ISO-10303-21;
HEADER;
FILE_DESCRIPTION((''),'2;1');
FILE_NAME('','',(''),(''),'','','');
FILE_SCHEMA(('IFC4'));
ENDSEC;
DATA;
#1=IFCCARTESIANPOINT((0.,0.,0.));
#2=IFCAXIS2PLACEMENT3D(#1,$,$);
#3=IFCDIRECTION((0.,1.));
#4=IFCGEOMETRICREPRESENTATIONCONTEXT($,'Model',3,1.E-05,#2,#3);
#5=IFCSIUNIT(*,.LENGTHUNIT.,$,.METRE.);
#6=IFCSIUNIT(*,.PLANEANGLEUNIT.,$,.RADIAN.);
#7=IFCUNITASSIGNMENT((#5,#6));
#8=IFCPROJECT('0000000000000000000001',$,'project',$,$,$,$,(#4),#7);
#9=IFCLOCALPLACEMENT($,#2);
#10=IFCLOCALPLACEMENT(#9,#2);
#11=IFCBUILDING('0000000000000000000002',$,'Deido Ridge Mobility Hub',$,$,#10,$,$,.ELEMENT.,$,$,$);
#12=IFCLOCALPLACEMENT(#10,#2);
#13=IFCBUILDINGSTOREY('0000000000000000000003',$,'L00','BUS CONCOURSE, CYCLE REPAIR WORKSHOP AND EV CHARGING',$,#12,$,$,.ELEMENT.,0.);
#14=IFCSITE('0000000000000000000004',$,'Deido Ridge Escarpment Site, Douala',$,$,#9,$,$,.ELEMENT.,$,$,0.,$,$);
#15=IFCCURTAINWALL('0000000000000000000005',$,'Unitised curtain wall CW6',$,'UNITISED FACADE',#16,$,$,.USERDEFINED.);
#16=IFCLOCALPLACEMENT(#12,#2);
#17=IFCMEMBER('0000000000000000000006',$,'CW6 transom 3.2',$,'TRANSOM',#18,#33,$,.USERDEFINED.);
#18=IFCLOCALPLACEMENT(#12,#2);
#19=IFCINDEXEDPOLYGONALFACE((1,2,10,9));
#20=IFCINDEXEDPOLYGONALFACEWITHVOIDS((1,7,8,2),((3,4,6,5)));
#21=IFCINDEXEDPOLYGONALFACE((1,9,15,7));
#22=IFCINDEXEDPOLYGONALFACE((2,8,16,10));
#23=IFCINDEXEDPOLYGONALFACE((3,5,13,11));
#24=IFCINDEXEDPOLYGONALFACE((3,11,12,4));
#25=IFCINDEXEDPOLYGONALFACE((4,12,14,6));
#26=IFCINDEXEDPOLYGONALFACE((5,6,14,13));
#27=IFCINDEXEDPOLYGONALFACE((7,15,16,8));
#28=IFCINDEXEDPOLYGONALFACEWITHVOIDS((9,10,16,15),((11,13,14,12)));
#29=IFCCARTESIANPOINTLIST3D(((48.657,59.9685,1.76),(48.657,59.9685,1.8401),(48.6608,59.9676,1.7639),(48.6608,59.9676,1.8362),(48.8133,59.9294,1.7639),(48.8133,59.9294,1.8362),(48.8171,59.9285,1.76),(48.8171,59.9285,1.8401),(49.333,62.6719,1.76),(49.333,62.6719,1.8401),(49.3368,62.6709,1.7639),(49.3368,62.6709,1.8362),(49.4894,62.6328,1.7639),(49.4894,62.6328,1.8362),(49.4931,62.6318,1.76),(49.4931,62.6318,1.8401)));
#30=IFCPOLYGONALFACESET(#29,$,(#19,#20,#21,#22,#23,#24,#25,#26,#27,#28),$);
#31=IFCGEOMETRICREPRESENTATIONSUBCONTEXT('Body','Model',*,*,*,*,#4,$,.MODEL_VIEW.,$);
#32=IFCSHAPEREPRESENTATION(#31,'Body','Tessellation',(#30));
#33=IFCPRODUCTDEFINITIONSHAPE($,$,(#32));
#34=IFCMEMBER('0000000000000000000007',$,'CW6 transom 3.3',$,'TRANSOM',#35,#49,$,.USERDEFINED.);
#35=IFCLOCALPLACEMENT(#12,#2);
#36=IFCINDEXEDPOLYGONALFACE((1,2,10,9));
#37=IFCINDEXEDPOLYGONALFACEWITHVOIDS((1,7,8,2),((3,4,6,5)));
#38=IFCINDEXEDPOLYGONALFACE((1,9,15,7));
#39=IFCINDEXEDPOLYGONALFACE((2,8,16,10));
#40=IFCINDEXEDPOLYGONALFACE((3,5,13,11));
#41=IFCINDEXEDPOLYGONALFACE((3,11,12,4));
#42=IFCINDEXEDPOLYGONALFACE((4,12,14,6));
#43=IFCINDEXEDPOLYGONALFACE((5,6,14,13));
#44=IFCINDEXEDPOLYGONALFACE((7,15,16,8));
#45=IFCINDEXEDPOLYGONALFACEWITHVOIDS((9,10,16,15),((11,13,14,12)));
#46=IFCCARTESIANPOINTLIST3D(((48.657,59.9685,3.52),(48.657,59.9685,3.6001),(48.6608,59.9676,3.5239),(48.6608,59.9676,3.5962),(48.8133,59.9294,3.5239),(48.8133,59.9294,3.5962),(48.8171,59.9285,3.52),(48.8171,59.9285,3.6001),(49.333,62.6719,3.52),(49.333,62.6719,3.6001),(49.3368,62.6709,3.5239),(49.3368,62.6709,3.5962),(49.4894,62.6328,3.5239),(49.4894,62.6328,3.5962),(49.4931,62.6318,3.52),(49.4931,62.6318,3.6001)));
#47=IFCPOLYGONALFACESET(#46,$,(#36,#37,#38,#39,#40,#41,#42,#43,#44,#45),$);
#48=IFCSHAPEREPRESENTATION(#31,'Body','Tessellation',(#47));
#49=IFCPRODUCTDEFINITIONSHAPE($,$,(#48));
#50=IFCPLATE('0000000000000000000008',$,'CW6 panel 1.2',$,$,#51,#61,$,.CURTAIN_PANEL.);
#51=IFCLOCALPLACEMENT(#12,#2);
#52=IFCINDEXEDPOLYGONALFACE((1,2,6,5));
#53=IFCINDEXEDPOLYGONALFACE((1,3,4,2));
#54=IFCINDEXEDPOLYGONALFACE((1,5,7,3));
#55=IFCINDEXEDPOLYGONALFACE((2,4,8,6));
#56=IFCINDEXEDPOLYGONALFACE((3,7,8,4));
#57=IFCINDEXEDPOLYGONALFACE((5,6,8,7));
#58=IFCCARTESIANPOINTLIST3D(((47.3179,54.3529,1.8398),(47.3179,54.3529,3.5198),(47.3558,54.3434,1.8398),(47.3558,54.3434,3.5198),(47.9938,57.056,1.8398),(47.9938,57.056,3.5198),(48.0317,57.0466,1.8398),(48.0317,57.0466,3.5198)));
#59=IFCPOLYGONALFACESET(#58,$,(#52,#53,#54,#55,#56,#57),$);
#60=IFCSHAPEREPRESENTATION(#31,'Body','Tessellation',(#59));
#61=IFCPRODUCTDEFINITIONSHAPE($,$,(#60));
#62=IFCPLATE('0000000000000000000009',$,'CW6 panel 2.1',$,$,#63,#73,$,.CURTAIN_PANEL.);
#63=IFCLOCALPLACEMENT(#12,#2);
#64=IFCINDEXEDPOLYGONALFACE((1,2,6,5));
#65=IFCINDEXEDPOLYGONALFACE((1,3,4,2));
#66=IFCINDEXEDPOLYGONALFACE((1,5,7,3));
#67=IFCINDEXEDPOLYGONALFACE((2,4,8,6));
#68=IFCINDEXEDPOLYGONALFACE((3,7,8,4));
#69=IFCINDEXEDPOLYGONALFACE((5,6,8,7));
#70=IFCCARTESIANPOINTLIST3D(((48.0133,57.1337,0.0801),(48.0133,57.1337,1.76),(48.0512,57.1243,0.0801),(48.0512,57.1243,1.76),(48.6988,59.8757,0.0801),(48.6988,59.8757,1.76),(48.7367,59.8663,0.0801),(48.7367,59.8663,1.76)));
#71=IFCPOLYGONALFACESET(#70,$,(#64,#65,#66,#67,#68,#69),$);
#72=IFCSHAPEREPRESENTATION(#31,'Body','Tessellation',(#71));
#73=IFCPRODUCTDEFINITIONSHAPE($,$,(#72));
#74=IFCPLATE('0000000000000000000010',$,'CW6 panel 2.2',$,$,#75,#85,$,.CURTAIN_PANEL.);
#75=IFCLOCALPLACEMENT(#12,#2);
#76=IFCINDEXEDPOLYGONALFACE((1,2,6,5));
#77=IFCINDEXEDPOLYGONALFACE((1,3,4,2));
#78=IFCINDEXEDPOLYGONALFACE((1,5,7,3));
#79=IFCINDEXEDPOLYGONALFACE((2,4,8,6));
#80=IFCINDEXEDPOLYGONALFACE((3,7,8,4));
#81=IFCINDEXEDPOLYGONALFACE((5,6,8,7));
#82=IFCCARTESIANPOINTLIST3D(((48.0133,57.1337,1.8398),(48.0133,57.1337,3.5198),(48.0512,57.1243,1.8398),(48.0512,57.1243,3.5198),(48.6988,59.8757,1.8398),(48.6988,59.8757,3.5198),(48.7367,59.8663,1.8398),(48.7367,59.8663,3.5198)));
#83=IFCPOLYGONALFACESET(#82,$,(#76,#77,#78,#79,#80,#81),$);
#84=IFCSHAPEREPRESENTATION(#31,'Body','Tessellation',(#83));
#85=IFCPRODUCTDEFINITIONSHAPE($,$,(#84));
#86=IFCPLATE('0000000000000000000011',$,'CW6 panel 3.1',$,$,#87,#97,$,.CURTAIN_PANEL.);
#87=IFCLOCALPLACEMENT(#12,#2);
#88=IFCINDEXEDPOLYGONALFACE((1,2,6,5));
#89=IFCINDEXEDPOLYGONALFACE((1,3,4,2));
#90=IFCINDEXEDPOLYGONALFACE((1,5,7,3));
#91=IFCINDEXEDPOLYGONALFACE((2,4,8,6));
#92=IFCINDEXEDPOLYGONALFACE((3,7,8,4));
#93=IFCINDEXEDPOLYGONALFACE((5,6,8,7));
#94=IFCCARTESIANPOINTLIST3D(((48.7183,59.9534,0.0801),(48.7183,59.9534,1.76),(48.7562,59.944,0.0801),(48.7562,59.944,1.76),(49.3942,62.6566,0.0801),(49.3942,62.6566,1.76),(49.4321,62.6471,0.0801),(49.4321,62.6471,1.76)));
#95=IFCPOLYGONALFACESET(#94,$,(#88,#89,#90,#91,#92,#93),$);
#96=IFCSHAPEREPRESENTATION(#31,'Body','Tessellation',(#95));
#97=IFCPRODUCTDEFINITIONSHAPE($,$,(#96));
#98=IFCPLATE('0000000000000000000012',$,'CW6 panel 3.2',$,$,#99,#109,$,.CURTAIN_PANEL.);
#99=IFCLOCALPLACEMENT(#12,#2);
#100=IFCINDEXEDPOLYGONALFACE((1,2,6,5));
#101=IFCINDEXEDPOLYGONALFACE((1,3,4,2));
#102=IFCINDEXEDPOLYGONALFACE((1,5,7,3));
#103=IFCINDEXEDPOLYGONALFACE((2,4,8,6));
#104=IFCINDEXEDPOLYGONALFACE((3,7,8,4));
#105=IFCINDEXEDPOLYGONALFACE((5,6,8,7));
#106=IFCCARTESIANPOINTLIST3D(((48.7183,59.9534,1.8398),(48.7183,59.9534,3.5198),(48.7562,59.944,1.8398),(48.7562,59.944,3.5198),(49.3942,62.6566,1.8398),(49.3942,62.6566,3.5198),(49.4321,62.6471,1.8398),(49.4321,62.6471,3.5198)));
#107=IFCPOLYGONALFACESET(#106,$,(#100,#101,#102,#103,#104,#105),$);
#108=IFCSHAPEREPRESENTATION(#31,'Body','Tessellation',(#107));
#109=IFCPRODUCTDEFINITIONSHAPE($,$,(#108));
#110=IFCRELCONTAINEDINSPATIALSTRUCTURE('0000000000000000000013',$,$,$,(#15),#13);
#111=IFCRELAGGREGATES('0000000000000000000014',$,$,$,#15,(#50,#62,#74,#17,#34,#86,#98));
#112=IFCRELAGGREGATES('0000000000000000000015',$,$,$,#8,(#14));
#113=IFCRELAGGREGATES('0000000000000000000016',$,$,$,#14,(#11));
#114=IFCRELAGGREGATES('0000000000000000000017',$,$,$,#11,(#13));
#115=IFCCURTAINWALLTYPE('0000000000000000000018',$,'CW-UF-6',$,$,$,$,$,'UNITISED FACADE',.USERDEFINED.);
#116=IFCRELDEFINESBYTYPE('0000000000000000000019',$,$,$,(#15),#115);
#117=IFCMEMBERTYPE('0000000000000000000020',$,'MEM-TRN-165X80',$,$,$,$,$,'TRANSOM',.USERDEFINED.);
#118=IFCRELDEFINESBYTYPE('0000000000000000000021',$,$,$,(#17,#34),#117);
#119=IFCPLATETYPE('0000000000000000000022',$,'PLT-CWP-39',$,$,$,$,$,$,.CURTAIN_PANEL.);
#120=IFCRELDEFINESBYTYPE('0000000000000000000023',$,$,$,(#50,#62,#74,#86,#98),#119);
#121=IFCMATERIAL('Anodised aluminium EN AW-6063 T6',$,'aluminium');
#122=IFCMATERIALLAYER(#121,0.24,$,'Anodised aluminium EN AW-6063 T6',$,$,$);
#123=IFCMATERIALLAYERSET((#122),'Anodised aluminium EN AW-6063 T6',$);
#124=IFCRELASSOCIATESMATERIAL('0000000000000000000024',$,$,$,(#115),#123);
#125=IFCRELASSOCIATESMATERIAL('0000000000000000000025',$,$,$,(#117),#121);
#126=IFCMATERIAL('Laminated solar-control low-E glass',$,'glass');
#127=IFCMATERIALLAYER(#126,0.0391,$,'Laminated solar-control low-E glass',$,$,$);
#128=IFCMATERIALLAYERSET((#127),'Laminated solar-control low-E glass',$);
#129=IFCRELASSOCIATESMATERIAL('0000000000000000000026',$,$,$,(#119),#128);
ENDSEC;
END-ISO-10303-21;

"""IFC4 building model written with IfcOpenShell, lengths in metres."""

from ifc_helpers import new_model, si_unit, direction, frame, origin, origin_2d, place, context, subcontext, project, spatial, rectangle, hollow_rectangle, extrude, material, layer, layer_set, material_profile, profile_set, type_object, element, aggregate, save


model = new_model("IFC4")

# Units and contexts
model_context = context("Model", 3, precision=1e-05, world=origin(), true_north=direction((0.0, 1.0)))
body_context = subcontext(model_context, "Body", "Model", "MODEL_VIEW")
ifc_project = project(units=[si_unit("LENGTHUNIT", "METRE"), si_unit("PLANEANGLEUNIT", "RADIAN")], contexts=[model_context])

# Site, building, storey
site_placement = place(None, origin())
site = spatial("IfcSite", under=ifc_project, at=site_placement, Name="Deido Ridge Escarpment Site, Douala", CompositionType="ELEMENT", RefElevation=0.0)
building_placement = place(site_placement, origin())
building = spatial("IfcBuilding", under=site, at=building_placement, Name="Deido Ridge Mobility Hub", CompositionType="ELEMENT")
storey_placement = place(building_placement, origin())
storey = spatial("IfcBuildingStorey", under=building, at=storey_placement, Name="L00", Description="BUS CONCOURSE, CYCLE REPAIR WORKSHOP AND EV CHARGING", CompositionType="ELEMENT", Elevation=0.0)

# Curtain wall
ifc_material_1 = material(Name="Anodised aluminium EN AW-6063 T6", Category="aluminium")
ifc_layer_1 = layer(ifc_material_1, 0.24, Name="Anodised aluminium EN AW-6063 T6")
ifc_layer_set_1 = layer_set([ifc_layer_1], Name="Anodised aluminium EN AW-6063 T6")
curtain_wall_type_1 = type_object("IfcCurtainWallType", Name="CW-UF-6", ElementType="UNITISED FACADE", PredefinedType="USERDEFINED", material=ifc_layer_set_1)
curtain_wall_1_placement = place(storey_placement, origin())
curtain_wall_1 = element("IfcCurtainWall", 1, at=curtain_wall_1_placement, inside=storey, type_object=curtain_wall_type_1, Name="Unitised curtain wall CW6", ObjectType="UNITISED FACADE", PredefinedType="USERDEFINED")

# Members
ifc_material_profile_1 = material_profile(ifc_material_1, hollow_rectangle(XDim=0.165, YDim=0.0801, WallThickness=0.0039, at=origin_2d()), Name="RHS 165x80x4")
ifc_profile_set_1 = profile_set([ifc_material_profile_1], Name="Anodised aluminium EN AW-6063 T6")
member_type_1 = type_object("IfcMemberType", Name="MEM-TRN-165X80", ElementType="TRANSOM", PredefinedType="USERDEFINED", material=ifc_profile_set_1)
member_1_placement = place(storey_placement, frame((48.7371, 59.9485, 1.8), z_axis=(0.242597, 0.970127, 0.0), x_axis=(-0.970127, 0.242597, 0.0)))
member_1 = element("IfcMember", 2, at=member_1_placement, type_object=member_type_1, Name="CW6 transom 3.2", ObjectType="TRANSOM", PredefinedType="USERDEFINED", context=body_context, shape_type="SweptSolid", body=[
    extrude(hollow_rectangle(XDim=0.165, YDim=0.0801, WallThickness=0.0039, at=origin_2d()), origin(), (0.0, 0.0, 1.0), 2.7866),
])
member_2_placement = place(storey_placement, frame((48.7371, 59.9485, 3.5601), z_axis=(0.242597, 0.970127, 0.0), x_axis=(-0.970127, 0.242597, 0.0)))
member_2 = element("IfcMember", 3, at=member_2_placement, type_object=member_type_1, Name="CW6 transom 3.3", ObjectType="TRANSOM", PredefinedType="USERDEFINED", context=body_context, shape_type="SweptSolid", body=[
    extrude(hollow_rectangle(XDim=0.165, YDim=0.0801, WallThickness=0.0039, at=origin_2d()), origin(), (0.0, 0.0, 1.0), 2.7866),
])

# Plates
ifc_material_2 = material(Name="Laminated solar-control low-E glass", Category="glass")
ifc_layer_2 = layer(ifc_material_2, 0.0391, Name="Laminated solar-control low-E glass")
ifc_layer_set_2 = layer_set([ifc_layer_2], Name="Laminated solar-control low-E glass")
plate_type = type_object("IfcPlateType", Name="PLT-CWP-39", PredefinedType="CURTAIN_PANEL", material=ifc_layer_set_2)
plate_1_placement = place(storey_placement, frame((47.6748, 55.6997, 1.8398), z_axis=(0.0, 0.0, 1.0), x_axis=(0.242546, 0.97014, 0.0)))
plate_1 = element("IfcPlate", 4, at=plate_1_placement, type_object=plate_type, Name="CW6 panel 1.2", PredefinedType="CURTAIN_PANEL", context=body_context, shape_type="SweptSolid", body=[
    extrude(rectangle(XDim=2.7864, YDim=0.0391, at=origin_2d()), origin(), (0.0, 0.0, 1.0), 1.6799),
])
plate_2_placement = place(storey_placement, frame((48.375, 58.5, 0.0801), z_axis=(0.0, 0.0, 1.0), x_axis=(0.242546, 0.97014, 0.0)))
plate_2 = element("IfcPlate", 5, at=plate_2_placement, type_object=plate_type, Name="CW6 panel 2.1", PredefinedType="CURTAIN_PANEL", context=body_context, shape_type="SweptSolid", body=[
    extrude(rectangle(XDim=2.8264, YDim=0.0391, at=origin_2d()), origin(), (0.0, 0.0, 1.0), 1.6799),
])
plate_3_placement = place(storey_placement, frame((48.375, 58.5, 1.8398), z_axis=(0.0, 0.0, 1.0), x_axis=(0.242546, 0.97014, 0.0)))
plate_3 = element("IfcPlate", 6, at=plate_3_placement, type_object=plate_type, Name="CW6 panel 2.2", PredefinedType="CURTAIN_PANEL", context=body_context, shape_type="SweptSolid", body=[
    extrude(rectangle(XDim=2.8264, YDim=0.0391, at=origin_2d()), origin(), (0.0, 0.0, 1.0), 1.6799),
])
plate_4_placement = place(storey_placement, frame((49.0752, 61.3003, 0.0801), z_axis=(0.0, 0.0, 1.0), x_axis=(0.242546, 0.97014, 0.0)))
plate_4 = element("IfcPlate", 7, at=plate_4_placement, type_object=plate_type, Name="CW6 panel 3.1", PredefinedType="CURTAIN_PANEL", context=body_context, shape_type="SweptSolid", body=[
    extrude(rectangle(XDim=2.7864, YDim=0.0391, at=origin_2d()), origin(), (0.0, 0.0, 1.0), 1.6799),
])
plate_5_placement = place(storey_placement, frame((49.0752, 61.3003, 1.8398), z_axis=(0.0, 0.0, 1.0), x_axis=(0.242546, 0.97014, 0.0)))
plate_5 = element("IfcPlate", 8, at=plate_5_placement, type_object=plate_type, Name="CW6 panel 3.2", PredefinedType="CURTAIN_PANEL", context=body_context, shape_type="SweptSolid", body=[
    extrude(rectangle(XDim=2.7864, YDim=0.0391, at=origin_2d()), origin(), (0.0, 0.0, 1.0), 1.6799),
])
aggregate(curtain_wall_1, [plate_1, plate_2, plate_3, member_1, member_2, plate_4, plate_5])

save(model, "model.ifc")
